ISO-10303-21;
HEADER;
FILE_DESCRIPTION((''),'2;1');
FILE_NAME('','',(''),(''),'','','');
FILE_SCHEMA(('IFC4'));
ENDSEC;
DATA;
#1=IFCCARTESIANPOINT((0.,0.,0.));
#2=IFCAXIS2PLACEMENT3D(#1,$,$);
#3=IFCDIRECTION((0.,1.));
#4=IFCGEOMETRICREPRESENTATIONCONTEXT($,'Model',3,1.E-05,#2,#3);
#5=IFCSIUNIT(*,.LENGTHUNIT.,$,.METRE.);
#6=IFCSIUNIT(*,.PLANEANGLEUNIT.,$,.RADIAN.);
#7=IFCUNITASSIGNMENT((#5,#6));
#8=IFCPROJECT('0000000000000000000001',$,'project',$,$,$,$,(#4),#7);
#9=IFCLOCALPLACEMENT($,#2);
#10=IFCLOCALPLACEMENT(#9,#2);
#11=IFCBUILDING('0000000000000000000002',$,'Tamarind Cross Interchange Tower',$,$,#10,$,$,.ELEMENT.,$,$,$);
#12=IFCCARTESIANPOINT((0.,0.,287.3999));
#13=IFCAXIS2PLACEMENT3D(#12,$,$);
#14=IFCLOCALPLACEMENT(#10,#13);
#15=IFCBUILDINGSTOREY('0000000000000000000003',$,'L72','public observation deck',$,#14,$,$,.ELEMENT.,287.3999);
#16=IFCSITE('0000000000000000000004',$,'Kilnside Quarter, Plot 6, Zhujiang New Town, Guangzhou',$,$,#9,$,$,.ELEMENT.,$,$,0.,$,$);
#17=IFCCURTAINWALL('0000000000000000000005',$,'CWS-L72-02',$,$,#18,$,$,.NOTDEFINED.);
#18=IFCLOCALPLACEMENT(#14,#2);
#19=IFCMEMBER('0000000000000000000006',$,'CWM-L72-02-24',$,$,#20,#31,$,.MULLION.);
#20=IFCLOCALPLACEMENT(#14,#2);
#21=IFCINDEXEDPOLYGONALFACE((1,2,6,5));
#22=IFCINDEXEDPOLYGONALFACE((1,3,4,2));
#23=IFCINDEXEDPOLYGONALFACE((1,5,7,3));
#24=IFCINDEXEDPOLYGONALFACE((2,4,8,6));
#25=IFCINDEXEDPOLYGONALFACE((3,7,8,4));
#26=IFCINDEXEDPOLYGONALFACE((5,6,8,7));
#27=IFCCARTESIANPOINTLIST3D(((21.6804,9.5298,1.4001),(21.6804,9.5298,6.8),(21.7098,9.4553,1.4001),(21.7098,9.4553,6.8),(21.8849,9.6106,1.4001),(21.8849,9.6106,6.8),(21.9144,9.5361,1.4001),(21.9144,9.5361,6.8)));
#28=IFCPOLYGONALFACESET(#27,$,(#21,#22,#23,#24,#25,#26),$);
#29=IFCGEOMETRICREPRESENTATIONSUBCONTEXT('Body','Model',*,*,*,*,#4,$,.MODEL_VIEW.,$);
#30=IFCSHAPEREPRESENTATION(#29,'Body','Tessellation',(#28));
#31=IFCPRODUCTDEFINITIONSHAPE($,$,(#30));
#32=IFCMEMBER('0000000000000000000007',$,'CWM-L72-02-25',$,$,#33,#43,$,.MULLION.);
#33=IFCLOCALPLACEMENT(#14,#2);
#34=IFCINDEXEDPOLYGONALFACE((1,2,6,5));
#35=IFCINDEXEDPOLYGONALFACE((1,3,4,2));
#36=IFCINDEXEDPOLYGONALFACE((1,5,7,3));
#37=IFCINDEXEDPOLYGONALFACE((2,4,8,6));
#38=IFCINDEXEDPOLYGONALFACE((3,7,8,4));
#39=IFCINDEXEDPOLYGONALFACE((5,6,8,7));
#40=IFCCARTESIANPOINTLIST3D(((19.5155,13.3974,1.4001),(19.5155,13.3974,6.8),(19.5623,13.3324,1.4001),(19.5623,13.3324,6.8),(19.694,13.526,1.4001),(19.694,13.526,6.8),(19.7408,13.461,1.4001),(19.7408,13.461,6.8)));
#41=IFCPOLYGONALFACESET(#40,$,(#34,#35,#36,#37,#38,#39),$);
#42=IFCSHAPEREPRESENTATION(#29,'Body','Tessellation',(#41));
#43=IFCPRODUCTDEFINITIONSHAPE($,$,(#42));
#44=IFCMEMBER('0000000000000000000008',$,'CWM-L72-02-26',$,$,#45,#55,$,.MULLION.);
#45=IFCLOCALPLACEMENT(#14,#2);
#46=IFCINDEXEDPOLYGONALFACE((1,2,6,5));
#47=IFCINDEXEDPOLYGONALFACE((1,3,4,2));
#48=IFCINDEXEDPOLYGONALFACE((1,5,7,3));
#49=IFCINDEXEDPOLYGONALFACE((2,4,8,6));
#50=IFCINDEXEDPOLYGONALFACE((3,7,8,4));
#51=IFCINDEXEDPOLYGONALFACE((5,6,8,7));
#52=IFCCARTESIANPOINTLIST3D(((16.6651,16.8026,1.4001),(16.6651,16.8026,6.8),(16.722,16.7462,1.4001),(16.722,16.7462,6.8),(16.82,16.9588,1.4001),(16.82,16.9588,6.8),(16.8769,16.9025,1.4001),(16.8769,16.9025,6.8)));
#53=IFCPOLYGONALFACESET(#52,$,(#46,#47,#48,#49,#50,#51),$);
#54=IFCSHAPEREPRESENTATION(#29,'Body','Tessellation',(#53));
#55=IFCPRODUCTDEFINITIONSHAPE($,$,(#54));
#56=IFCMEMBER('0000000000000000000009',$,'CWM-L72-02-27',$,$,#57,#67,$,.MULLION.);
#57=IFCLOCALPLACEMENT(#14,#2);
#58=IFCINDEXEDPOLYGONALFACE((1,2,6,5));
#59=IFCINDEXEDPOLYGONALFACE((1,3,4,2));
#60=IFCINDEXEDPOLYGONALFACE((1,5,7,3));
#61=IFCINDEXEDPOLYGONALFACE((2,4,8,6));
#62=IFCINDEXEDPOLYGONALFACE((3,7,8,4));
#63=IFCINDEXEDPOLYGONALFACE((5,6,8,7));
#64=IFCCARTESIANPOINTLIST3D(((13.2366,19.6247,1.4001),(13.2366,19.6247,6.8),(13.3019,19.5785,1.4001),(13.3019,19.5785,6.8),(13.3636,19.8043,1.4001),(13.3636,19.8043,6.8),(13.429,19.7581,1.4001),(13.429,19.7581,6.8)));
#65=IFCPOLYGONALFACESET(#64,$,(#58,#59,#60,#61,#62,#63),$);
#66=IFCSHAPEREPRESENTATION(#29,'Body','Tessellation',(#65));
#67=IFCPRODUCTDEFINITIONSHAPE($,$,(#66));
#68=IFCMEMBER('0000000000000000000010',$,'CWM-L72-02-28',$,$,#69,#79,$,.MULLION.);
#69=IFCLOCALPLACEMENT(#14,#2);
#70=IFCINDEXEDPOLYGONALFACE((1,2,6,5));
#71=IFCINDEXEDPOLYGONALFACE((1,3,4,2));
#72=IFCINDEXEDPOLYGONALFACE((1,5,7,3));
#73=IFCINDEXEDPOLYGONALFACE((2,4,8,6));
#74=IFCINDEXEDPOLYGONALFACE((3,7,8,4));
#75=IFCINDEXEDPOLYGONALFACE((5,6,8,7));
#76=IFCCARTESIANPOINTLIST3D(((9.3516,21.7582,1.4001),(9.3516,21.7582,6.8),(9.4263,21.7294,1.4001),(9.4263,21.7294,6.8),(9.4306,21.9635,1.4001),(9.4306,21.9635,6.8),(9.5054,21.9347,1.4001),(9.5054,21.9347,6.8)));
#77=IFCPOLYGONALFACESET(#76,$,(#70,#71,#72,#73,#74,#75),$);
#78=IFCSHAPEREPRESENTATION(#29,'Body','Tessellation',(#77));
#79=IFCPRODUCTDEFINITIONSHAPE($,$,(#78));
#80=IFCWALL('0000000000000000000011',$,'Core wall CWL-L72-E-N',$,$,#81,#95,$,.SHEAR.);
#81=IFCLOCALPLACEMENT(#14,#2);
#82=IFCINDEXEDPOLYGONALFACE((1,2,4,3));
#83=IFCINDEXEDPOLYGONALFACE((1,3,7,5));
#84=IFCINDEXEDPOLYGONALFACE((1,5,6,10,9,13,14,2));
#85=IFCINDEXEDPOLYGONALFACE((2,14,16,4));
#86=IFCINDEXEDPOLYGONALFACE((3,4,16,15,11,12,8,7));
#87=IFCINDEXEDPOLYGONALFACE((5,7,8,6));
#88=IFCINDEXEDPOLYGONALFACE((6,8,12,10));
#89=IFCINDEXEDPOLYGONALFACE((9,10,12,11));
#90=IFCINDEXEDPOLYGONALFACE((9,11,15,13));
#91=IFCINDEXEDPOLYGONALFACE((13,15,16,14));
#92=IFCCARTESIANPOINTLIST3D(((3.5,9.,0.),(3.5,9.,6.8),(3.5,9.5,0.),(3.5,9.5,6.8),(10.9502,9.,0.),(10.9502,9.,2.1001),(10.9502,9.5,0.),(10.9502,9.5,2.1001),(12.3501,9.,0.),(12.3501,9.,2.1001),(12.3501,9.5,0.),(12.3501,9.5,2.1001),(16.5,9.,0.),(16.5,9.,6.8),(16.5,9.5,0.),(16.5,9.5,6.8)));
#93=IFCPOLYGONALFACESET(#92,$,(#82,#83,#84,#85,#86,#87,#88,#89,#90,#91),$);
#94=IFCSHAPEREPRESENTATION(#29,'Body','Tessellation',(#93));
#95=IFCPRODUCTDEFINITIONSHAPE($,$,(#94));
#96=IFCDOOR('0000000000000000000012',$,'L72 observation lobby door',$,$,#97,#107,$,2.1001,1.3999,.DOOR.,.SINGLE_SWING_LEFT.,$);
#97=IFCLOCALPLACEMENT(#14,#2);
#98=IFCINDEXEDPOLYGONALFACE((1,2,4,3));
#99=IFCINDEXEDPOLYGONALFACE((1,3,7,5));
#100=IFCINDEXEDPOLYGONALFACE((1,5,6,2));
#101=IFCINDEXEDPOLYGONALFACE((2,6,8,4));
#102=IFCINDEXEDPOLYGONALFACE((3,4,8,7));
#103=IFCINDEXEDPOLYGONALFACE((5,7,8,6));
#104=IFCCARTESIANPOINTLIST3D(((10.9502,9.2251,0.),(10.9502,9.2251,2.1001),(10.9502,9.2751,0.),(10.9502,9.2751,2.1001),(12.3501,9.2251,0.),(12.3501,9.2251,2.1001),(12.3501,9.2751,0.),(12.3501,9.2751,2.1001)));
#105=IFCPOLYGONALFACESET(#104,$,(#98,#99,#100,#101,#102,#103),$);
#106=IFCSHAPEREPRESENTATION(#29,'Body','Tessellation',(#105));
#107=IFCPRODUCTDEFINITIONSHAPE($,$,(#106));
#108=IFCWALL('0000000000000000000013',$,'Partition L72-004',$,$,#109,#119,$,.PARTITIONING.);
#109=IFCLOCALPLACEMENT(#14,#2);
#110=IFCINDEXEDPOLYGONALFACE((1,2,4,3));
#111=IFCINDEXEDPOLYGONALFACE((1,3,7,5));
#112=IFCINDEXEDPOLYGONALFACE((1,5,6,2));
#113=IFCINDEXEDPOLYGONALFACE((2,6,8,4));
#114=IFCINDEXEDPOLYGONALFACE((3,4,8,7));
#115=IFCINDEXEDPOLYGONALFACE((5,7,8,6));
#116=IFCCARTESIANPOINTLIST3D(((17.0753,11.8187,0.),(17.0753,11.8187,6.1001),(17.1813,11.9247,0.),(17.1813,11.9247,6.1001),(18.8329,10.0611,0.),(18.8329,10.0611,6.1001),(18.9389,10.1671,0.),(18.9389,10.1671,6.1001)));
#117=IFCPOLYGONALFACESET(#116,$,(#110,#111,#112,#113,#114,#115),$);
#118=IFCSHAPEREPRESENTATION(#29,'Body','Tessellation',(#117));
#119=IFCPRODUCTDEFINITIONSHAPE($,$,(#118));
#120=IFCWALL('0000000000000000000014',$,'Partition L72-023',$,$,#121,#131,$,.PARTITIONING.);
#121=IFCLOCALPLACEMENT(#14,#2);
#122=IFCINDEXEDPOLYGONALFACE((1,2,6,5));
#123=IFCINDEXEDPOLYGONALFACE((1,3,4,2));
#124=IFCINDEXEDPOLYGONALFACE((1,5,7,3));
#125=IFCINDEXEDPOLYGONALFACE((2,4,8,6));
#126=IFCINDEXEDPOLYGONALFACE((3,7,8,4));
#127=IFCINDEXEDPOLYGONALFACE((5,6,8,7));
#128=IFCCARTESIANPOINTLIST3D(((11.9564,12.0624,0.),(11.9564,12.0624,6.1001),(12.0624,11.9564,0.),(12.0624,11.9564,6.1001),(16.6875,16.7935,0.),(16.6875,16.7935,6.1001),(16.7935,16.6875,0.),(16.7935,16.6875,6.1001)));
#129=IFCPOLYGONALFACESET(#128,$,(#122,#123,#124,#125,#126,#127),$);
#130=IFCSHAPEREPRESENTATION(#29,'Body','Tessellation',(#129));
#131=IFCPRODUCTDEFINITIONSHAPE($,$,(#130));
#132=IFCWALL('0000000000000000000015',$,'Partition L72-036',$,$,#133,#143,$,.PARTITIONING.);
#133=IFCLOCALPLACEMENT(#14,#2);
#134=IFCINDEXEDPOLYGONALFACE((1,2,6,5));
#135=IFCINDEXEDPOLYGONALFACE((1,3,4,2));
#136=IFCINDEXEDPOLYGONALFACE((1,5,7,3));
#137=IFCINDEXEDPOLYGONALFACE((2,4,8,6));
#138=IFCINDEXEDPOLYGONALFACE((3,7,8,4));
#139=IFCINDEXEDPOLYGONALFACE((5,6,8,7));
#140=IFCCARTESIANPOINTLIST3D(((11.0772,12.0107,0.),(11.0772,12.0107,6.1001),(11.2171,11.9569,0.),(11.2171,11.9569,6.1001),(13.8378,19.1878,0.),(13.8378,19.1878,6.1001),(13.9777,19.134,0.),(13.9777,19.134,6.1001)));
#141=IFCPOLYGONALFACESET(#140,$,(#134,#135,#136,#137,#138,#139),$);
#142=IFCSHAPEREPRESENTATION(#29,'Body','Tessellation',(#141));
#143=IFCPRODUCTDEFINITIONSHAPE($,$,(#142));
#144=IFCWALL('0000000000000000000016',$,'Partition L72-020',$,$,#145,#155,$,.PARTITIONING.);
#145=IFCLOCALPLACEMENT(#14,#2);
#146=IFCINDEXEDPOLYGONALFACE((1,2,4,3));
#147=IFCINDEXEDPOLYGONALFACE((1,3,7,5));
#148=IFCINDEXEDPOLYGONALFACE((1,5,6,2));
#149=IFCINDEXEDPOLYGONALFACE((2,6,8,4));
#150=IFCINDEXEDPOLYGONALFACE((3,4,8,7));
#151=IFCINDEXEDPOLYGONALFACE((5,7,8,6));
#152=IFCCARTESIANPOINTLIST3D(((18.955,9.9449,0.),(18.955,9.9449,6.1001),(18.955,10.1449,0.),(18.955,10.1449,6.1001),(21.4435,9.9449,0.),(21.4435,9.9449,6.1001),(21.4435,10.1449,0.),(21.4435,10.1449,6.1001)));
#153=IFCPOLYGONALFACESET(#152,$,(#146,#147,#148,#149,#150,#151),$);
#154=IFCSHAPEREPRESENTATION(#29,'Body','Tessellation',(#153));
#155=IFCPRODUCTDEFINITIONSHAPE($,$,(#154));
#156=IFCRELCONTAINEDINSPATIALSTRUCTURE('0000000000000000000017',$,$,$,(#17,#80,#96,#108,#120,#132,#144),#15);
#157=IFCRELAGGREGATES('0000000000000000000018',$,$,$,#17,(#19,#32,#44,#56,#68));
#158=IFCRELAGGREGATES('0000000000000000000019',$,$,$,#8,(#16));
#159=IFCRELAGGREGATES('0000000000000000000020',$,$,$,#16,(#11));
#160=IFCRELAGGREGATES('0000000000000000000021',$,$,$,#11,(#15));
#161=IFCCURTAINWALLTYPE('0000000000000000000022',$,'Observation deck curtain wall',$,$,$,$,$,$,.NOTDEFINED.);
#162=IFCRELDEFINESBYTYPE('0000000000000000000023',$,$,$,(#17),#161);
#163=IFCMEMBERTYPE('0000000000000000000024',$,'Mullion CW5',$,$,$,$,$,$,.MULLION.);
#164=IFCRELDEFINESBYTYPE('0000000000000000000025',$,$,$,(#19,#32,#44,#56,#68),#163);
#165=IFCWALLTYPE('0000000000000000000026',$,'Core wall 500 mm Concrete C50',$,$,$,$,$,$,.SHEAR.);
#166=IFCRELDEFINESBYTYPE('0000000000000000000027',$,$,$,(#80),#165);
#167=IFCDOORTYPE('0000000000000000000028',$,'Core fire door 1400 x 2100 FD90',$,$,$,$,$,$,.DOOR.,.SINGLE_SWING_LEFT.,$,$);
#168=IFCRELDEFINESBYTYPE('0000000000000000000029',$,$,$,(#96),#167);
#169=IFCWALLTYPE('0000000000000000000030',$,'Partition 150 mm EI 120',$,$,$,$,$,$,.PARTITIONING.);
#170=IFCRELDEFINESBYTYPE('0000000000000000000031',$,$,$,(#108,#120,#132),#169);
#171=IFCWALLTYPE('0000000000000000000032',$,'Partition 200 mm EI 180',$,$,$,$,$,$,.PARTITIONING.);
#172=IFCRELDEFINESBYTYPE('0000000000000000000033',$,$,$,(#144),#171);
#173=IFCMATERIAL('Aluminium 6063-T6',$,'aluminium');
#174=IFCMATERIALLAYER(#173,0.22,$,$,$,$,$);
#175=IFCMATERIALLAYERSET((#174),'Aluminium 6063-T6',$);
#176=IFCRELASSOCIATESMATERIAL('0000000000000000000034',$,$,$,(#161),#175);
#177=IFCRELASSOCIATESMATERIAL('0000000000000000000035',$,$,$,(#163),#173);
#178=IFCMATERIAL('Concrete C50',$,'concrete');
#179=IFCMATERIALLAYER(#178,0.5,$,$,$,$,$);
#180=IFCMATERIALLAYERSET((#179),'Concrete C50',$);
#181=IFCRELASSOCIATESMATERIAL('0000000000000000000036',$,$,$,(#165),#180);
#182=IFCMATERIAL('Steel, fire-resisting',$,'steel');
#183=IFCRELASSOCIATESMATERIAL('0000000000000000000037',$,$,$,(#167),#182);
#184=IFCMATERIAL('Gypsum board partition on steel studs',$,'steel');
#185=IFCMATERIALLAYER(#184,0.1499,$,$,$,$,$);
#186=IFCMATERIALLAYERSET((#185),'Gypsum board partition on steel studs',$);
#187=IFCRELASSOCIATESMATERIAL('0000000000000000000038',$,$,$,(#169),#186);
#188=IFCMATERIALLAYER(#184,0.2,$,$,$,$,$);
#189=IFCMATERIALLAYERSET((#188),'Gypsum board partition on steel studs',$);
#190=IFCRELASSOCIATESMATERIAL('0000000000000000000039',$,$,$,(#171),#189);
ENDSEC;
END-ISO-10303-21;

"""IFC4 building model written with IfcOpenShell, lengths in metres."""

from ifc_helpers import new_model, si_unit, direction, frame, frame_2d, origin, origin_2d, place, context, subcontext, project, spatial, rectangle, extrude, material, layer, layer_set, material_profile, profile_set, type_object, element, fill, aggregate, save


model = new_model("IFC4")

# Units and contexts
model_context = context("Model", 3, precision=1e-05, world=origin(), true_north=direction((0.0, 1.0)))
body_context = subcontext(model_context, "Body", "Model", "MODEL_VIEW")
ifc_project = project(units=[si_unit("LENGTHUNIT", "METRE"), si_unit("PLANEANGLEUNIT", "RADIAN")], contexts=[model_context])

# Site, building, storey
site_placement = place(None, origin())
site = spatial("IfcSite", under=ifc_project, at=site_placement, Name="Kilnside Quarter, Plot 6, Zhujiang New Town, Guangzhou", CompositionType="ELEMENT", RefElevation=0.0)
building_placement = place(site_placement, origin())
building = spatial("IfcBuilding", under=site, at=building_placement, Name="Tamarind Cross Interchange Tower", CompositionType="ELEMENT")
storey_placement = place(building_placement, frame((0.0, 0.0, 287.3999)))
storey = spatial("IfcBuildingStorey", under=building, at=storey_placement, Name="L72", Description="public observation deck", CompositionType="ELEMENT", Elevation=287.3999)

# Curtain wall, members
ifc_material_1 = material(Name="Aluminium 6063-T6", Category="aluminium")
ifc_layer_1 = layer(ifc_material_1, 0.22)
ifc_layer_set_1 = layer_set([ifc_layer_1], Name="Aluminium 6063-T6")
curtain_wall_type = type_object("IfcCurtainWallType", Name="Observation deck curtain wall", PredefinedType="NOTDEFINED", material=ifc_layer_set_1)
curtain_wall_placement = place(storey_placement, origin())
curtain_wall = element("IfcCurtainWall", 1, at=curtain_wall_placement, inside=storey, type_object=curtain_wall_type, Name="CWS-L72-02", PredefinedType="NOTDEFINED")
ifc_material_profile_1 = material_profile(ifc_material_1, rectangle(XDim=0.0801, YDim=0.22, at=origin_2d()), Name="Mullion CW5")
ifc_profile_set_1 = profile_set([ifc_material_profile_1], Name="Aluminium 6063-T6")
member_type = type_object("IfcMemberType", Name="Mullion CW5", PredefinedType="MULLION", material=ifc_profile_set_1)
member_1_placement = place(storey_placement, frame((21.7974, 9.533, 1.4001), z_axis=(0.0, 0.0, 1.0), x_axis=(-0.367514, 0.930018, 0.0)))
member_1 = element("IfcMember", 2, at=member_1_placement, type_object=member_type, Name="CWM-L72-02-24", PredefinedType="MULLION", context=body_context, shape_type="SweptSolid", body=[
    extrude(rectangle(XDim=0.0801, YDim=0.22, at=origin_2d()), origin(), (0.0, 0.0, 1.0), 5.3999),
])
member_2_placement = place(storey_placement, frame((19.6282, 13.4292, 1.4001), z_axis=(0.0, 0.0, 1.0), x_axis=(-0.584574, 0.81134, 0.0)))
member_2 = element("IfcMember", 3, at=member_2_placement, type_object=member_type, Name="CWM-L72-02-25", PredefinedType="MULLION", context=body_context, shape_type="SweptSolid", body=[
    extrude(rectangle(XDim=0.0801, YDim=0.22, at=origin_2d()), origin(), (0.0, 0.0, 1.0), 5.3999),
])
member_3_placement = place(storey_placement, frame((16.771, 16.8525, 1.4001), z_axis=(0.0, 0.0, 1.0), x_axis=(-0.710143, 0.704057, 0.0)))
member_3 = element("IfcMember", 4, at=member_3_placement, type_object=member_type, Name="CWM-L72-02-26", PredefinedType="MULLION", context=body_context, shape_type="SweptSolid", body=[
    extrude(rectangle(XDim=0.0801, YDim=0.22, at=origin_2d()), origin(), (0.0, 0.0, 1.0), 5.3999),
])
member_4_placement = place(storey_placement, frame((13.3328, 19.6914, 1.4001), z_axis=(0.0, 0.0, 1.0), x_axis=(-0.816342, 0.577569, 0.0)))
member_4 = element("IfcMember", 5, at=member_4_placement, type_object=member_type, Name="CWM-L72-02-27", PredefinedType="MULLION", context=body_context, shape_type="SweptSolid", body=[
    extrude(rectangle(XDim=0.0801, YDim=0.22, at=origin_2d()), origin(), (0.0, 0.0, 1.0), 5.3999),
])
member_5_placement = place(storey_placement, frame((9.4285, 21.8464, 1.4001), z_axis=(0.0, 0.0, 1.0), x_axis=(-0.933147, 0.359495, 0.0)))
member_5 = element("IfcMember", 6, at=member_5_placement, type_object=member_type, Name="CWM-L72-02-28", PredefinedType="MULLION", context=body_context, shape_type="SweptSolid", body=[
    extrude(rectangle(XDim=0.0801, YDim=0.22, at=origin_2d()), origin(), (0.0, 0.0, 1.0), 5.3999),
])
aggregate(curtain_wall, [member_1, member_2, member_3, member_4, member_5])

# Wall, opening, door
ifc_material_2 = material(Name="Concrete C50", Category="concrete")
ifc_layer_2 = layer(ifc_material_2, 0.5)
ifc_layer_set_2 = layer_set([ifc_layer_2], Name="Concrete C50")
wall_type_1 = type_object("IfcWallType", Name="Core wall 500 mm Concrete C50", PredefinedType="SHEAR", material=ifc_layer_set_2)
wall_1_placement = place(storey_placement, frame((16.5, 9.25, 0.0), z_axis=(0.0, 0.0, 1.0), x_axis=(-1.0, 0.0, 0.0)))
wall_1 = element("IfcWall", 7, at=wall_1_placement, inside=storey, type_object=wall_type_1, Name="Core wall CWL-L72-E-N", PredefinedType="SHEAR", context=body_context, shape_type="SweptSolid", body=[
    extrude(rectangle(XDim=13.0, YDim=0.5, at=frame_2d((6.5, 0.0))), origin(), (0.0, 0.0, 1.0), 6.8),
])
opening_placement = place(wall_1_placement, frame((4.1499, 0.0, 0.0)))
opening = element("IfcOpeningElement", 8, at=opening_placement, cuts=wall_1, PredefinedType="OPENING", context=body_context, shape_type="SweptSolid", body=[
    extrude(rectangle(XDim=1.3999, YDim=2.1001, at=frame_2d((0.7, 1.05))), frame((0.0, 0.26, 0.0), z_axis=(0.0, -1.0, 0.0), x_axis=(1.0, 0.0, 0.0)), (0.0, 0.0, 1.0), 0.52),
])
ifc_material_3 = material(Name="Steel, fire-resisting", Category="steel")
door_type = type_object("IfcDoorType", Name="Core fire door 1400 x 2100 FD90", OperationType="SINGLE_SWING_LEFT", PredefinedType="DOOR", material=ifc_material_3)
door_placement = place(opening_placement, origin())
door = element("IfcDoor", 9, at=door_placement, inside=storey, type_object=door_type, Name="L72 observation lobby door", OperationType="SINGLE_SWING_LEFT", OverallHeight=2.1001, OverallWidth=1.3999, PredefinedType="DOOR", context=body_context, shape_type="SweptSolid", body=[
    extrude(rectangle(XDim=1.3999, YDim=2.1001, at=frame_2d((0.7, 1.05))), frame((0.0, 0.0249, 0.0), z_axis=(0.0, -1.0, 0.0), x_axis=(1.0, 0.0, 0.0)), (0.0, 0.0, 1.0), 0.05),
])
fill(opening, door)

# Walls
ifc_material_4 = material(Name="Gypsum board partition on steel studs", Category="steel")
ifc_layer_3 = layer(ifc_material_4, 0.1499)
ifc_layer_set_3 = layer_set([ifc_layer_3], Name="Gypsum board partition on steel studs")
wall_type_2 = type_object("IfcWallType", Name="Partition 150 mm EI 120", PredefinedType="PARTITIONING", material=ifc_layer_set_3)
wall_2_placement = place(storey_placement, frame((17.1284, 11.8716, 0.0), z_axis=(0.0, 0.0, 1.0), x_axis=(0.707107, -0.707107, 0.0)))
element("IfcWall", 10, at=wall_2_placement, inside=storey, type_object=wall_type_2, Name="Partition L72-004", PredefinedType="PARTITIONING", context=body_context, shape_type="SweptSolid", body=[
    extrude(rectangle(XDim=2.4856, YDim=0.1499, at=frame_2d((1.2427, 0.0))), origin(), (0.0, 0.0, 1.0), 6.1001),
])
wall_3_placement = place(storey_placement, frame((12.0095, 12.0095, 0.0), z_axis=(0.0, 0.0, 1.0), x_axis=(0.707107, 0.707107, 0.0)))
element("IfcWall", 11, at=wall_3_placement, inside=storey, type_object=wall_type_2, Name="Partition L72-023", PredefinedType="PARTITIONING", context=body_context, shape_type="SweptSolid", body=[
    extrude(rectangle(XDim=6.6907, YDim=0.1499, at=frame_2d((3.3452, 0.0))), origin(), (0.0, 0.0, 1.0), 6.1001),
])
wall_4_placement = place(storey_placement, frame((11.1472, 11.9839, 0.0), z_axis=(0.0, 0.0, 1.0), x_axis=(0.358992, 0.933341, 0.0)))
element("IfcWall", 12, at=wall_4_placement, inside=storey, type_object=wall_type_2, Name="Partition L72-036", PredefinedType="PARTITIONING", context=body_context, shape_type="SweptSolid", body=[
    extrude(rectangle(XDim=7.6897, YDim=0.1499, at=frame_2d((3.8447, 0.0))), origin(), (0.0, 0.0, 1.0), 6.1001),
])
ifc_layer_4 = layer(ifc_material_4, 0.2)
ifc_layer_set_4 = layer_set([ifc_layer_4], Name="Gypsum board partition on steel studs")
wall_type_3 = type_object("IfcWallType", Name="Partition 200 mm EI 180", PredefinedType="PARTITIONING", material=ifc_layer_set_4)
wall_5_placement = place(storey_placement, frame((18.9551, 10.0449, 0.0), z_axis=(0.0, 0.0, 1.0), x_axis=(1.0, 0.0, 0.0)))
element("IfcWall", 13, at=wall_5_placement, inside=storey, type_object=wall_type_3, Name="Partition L72-020", PredefinedType="PARTITIONING", context=body_context, shape_type="SweptSolid", body=[
    extrude(rectangle(XDim=2.4885, YDim=0.2, at=frame_2d((1.2441, 0.0))), origin(), (0.0, 0.0, 1.0), 6.1001),
])

save(model, "model.ifc")
